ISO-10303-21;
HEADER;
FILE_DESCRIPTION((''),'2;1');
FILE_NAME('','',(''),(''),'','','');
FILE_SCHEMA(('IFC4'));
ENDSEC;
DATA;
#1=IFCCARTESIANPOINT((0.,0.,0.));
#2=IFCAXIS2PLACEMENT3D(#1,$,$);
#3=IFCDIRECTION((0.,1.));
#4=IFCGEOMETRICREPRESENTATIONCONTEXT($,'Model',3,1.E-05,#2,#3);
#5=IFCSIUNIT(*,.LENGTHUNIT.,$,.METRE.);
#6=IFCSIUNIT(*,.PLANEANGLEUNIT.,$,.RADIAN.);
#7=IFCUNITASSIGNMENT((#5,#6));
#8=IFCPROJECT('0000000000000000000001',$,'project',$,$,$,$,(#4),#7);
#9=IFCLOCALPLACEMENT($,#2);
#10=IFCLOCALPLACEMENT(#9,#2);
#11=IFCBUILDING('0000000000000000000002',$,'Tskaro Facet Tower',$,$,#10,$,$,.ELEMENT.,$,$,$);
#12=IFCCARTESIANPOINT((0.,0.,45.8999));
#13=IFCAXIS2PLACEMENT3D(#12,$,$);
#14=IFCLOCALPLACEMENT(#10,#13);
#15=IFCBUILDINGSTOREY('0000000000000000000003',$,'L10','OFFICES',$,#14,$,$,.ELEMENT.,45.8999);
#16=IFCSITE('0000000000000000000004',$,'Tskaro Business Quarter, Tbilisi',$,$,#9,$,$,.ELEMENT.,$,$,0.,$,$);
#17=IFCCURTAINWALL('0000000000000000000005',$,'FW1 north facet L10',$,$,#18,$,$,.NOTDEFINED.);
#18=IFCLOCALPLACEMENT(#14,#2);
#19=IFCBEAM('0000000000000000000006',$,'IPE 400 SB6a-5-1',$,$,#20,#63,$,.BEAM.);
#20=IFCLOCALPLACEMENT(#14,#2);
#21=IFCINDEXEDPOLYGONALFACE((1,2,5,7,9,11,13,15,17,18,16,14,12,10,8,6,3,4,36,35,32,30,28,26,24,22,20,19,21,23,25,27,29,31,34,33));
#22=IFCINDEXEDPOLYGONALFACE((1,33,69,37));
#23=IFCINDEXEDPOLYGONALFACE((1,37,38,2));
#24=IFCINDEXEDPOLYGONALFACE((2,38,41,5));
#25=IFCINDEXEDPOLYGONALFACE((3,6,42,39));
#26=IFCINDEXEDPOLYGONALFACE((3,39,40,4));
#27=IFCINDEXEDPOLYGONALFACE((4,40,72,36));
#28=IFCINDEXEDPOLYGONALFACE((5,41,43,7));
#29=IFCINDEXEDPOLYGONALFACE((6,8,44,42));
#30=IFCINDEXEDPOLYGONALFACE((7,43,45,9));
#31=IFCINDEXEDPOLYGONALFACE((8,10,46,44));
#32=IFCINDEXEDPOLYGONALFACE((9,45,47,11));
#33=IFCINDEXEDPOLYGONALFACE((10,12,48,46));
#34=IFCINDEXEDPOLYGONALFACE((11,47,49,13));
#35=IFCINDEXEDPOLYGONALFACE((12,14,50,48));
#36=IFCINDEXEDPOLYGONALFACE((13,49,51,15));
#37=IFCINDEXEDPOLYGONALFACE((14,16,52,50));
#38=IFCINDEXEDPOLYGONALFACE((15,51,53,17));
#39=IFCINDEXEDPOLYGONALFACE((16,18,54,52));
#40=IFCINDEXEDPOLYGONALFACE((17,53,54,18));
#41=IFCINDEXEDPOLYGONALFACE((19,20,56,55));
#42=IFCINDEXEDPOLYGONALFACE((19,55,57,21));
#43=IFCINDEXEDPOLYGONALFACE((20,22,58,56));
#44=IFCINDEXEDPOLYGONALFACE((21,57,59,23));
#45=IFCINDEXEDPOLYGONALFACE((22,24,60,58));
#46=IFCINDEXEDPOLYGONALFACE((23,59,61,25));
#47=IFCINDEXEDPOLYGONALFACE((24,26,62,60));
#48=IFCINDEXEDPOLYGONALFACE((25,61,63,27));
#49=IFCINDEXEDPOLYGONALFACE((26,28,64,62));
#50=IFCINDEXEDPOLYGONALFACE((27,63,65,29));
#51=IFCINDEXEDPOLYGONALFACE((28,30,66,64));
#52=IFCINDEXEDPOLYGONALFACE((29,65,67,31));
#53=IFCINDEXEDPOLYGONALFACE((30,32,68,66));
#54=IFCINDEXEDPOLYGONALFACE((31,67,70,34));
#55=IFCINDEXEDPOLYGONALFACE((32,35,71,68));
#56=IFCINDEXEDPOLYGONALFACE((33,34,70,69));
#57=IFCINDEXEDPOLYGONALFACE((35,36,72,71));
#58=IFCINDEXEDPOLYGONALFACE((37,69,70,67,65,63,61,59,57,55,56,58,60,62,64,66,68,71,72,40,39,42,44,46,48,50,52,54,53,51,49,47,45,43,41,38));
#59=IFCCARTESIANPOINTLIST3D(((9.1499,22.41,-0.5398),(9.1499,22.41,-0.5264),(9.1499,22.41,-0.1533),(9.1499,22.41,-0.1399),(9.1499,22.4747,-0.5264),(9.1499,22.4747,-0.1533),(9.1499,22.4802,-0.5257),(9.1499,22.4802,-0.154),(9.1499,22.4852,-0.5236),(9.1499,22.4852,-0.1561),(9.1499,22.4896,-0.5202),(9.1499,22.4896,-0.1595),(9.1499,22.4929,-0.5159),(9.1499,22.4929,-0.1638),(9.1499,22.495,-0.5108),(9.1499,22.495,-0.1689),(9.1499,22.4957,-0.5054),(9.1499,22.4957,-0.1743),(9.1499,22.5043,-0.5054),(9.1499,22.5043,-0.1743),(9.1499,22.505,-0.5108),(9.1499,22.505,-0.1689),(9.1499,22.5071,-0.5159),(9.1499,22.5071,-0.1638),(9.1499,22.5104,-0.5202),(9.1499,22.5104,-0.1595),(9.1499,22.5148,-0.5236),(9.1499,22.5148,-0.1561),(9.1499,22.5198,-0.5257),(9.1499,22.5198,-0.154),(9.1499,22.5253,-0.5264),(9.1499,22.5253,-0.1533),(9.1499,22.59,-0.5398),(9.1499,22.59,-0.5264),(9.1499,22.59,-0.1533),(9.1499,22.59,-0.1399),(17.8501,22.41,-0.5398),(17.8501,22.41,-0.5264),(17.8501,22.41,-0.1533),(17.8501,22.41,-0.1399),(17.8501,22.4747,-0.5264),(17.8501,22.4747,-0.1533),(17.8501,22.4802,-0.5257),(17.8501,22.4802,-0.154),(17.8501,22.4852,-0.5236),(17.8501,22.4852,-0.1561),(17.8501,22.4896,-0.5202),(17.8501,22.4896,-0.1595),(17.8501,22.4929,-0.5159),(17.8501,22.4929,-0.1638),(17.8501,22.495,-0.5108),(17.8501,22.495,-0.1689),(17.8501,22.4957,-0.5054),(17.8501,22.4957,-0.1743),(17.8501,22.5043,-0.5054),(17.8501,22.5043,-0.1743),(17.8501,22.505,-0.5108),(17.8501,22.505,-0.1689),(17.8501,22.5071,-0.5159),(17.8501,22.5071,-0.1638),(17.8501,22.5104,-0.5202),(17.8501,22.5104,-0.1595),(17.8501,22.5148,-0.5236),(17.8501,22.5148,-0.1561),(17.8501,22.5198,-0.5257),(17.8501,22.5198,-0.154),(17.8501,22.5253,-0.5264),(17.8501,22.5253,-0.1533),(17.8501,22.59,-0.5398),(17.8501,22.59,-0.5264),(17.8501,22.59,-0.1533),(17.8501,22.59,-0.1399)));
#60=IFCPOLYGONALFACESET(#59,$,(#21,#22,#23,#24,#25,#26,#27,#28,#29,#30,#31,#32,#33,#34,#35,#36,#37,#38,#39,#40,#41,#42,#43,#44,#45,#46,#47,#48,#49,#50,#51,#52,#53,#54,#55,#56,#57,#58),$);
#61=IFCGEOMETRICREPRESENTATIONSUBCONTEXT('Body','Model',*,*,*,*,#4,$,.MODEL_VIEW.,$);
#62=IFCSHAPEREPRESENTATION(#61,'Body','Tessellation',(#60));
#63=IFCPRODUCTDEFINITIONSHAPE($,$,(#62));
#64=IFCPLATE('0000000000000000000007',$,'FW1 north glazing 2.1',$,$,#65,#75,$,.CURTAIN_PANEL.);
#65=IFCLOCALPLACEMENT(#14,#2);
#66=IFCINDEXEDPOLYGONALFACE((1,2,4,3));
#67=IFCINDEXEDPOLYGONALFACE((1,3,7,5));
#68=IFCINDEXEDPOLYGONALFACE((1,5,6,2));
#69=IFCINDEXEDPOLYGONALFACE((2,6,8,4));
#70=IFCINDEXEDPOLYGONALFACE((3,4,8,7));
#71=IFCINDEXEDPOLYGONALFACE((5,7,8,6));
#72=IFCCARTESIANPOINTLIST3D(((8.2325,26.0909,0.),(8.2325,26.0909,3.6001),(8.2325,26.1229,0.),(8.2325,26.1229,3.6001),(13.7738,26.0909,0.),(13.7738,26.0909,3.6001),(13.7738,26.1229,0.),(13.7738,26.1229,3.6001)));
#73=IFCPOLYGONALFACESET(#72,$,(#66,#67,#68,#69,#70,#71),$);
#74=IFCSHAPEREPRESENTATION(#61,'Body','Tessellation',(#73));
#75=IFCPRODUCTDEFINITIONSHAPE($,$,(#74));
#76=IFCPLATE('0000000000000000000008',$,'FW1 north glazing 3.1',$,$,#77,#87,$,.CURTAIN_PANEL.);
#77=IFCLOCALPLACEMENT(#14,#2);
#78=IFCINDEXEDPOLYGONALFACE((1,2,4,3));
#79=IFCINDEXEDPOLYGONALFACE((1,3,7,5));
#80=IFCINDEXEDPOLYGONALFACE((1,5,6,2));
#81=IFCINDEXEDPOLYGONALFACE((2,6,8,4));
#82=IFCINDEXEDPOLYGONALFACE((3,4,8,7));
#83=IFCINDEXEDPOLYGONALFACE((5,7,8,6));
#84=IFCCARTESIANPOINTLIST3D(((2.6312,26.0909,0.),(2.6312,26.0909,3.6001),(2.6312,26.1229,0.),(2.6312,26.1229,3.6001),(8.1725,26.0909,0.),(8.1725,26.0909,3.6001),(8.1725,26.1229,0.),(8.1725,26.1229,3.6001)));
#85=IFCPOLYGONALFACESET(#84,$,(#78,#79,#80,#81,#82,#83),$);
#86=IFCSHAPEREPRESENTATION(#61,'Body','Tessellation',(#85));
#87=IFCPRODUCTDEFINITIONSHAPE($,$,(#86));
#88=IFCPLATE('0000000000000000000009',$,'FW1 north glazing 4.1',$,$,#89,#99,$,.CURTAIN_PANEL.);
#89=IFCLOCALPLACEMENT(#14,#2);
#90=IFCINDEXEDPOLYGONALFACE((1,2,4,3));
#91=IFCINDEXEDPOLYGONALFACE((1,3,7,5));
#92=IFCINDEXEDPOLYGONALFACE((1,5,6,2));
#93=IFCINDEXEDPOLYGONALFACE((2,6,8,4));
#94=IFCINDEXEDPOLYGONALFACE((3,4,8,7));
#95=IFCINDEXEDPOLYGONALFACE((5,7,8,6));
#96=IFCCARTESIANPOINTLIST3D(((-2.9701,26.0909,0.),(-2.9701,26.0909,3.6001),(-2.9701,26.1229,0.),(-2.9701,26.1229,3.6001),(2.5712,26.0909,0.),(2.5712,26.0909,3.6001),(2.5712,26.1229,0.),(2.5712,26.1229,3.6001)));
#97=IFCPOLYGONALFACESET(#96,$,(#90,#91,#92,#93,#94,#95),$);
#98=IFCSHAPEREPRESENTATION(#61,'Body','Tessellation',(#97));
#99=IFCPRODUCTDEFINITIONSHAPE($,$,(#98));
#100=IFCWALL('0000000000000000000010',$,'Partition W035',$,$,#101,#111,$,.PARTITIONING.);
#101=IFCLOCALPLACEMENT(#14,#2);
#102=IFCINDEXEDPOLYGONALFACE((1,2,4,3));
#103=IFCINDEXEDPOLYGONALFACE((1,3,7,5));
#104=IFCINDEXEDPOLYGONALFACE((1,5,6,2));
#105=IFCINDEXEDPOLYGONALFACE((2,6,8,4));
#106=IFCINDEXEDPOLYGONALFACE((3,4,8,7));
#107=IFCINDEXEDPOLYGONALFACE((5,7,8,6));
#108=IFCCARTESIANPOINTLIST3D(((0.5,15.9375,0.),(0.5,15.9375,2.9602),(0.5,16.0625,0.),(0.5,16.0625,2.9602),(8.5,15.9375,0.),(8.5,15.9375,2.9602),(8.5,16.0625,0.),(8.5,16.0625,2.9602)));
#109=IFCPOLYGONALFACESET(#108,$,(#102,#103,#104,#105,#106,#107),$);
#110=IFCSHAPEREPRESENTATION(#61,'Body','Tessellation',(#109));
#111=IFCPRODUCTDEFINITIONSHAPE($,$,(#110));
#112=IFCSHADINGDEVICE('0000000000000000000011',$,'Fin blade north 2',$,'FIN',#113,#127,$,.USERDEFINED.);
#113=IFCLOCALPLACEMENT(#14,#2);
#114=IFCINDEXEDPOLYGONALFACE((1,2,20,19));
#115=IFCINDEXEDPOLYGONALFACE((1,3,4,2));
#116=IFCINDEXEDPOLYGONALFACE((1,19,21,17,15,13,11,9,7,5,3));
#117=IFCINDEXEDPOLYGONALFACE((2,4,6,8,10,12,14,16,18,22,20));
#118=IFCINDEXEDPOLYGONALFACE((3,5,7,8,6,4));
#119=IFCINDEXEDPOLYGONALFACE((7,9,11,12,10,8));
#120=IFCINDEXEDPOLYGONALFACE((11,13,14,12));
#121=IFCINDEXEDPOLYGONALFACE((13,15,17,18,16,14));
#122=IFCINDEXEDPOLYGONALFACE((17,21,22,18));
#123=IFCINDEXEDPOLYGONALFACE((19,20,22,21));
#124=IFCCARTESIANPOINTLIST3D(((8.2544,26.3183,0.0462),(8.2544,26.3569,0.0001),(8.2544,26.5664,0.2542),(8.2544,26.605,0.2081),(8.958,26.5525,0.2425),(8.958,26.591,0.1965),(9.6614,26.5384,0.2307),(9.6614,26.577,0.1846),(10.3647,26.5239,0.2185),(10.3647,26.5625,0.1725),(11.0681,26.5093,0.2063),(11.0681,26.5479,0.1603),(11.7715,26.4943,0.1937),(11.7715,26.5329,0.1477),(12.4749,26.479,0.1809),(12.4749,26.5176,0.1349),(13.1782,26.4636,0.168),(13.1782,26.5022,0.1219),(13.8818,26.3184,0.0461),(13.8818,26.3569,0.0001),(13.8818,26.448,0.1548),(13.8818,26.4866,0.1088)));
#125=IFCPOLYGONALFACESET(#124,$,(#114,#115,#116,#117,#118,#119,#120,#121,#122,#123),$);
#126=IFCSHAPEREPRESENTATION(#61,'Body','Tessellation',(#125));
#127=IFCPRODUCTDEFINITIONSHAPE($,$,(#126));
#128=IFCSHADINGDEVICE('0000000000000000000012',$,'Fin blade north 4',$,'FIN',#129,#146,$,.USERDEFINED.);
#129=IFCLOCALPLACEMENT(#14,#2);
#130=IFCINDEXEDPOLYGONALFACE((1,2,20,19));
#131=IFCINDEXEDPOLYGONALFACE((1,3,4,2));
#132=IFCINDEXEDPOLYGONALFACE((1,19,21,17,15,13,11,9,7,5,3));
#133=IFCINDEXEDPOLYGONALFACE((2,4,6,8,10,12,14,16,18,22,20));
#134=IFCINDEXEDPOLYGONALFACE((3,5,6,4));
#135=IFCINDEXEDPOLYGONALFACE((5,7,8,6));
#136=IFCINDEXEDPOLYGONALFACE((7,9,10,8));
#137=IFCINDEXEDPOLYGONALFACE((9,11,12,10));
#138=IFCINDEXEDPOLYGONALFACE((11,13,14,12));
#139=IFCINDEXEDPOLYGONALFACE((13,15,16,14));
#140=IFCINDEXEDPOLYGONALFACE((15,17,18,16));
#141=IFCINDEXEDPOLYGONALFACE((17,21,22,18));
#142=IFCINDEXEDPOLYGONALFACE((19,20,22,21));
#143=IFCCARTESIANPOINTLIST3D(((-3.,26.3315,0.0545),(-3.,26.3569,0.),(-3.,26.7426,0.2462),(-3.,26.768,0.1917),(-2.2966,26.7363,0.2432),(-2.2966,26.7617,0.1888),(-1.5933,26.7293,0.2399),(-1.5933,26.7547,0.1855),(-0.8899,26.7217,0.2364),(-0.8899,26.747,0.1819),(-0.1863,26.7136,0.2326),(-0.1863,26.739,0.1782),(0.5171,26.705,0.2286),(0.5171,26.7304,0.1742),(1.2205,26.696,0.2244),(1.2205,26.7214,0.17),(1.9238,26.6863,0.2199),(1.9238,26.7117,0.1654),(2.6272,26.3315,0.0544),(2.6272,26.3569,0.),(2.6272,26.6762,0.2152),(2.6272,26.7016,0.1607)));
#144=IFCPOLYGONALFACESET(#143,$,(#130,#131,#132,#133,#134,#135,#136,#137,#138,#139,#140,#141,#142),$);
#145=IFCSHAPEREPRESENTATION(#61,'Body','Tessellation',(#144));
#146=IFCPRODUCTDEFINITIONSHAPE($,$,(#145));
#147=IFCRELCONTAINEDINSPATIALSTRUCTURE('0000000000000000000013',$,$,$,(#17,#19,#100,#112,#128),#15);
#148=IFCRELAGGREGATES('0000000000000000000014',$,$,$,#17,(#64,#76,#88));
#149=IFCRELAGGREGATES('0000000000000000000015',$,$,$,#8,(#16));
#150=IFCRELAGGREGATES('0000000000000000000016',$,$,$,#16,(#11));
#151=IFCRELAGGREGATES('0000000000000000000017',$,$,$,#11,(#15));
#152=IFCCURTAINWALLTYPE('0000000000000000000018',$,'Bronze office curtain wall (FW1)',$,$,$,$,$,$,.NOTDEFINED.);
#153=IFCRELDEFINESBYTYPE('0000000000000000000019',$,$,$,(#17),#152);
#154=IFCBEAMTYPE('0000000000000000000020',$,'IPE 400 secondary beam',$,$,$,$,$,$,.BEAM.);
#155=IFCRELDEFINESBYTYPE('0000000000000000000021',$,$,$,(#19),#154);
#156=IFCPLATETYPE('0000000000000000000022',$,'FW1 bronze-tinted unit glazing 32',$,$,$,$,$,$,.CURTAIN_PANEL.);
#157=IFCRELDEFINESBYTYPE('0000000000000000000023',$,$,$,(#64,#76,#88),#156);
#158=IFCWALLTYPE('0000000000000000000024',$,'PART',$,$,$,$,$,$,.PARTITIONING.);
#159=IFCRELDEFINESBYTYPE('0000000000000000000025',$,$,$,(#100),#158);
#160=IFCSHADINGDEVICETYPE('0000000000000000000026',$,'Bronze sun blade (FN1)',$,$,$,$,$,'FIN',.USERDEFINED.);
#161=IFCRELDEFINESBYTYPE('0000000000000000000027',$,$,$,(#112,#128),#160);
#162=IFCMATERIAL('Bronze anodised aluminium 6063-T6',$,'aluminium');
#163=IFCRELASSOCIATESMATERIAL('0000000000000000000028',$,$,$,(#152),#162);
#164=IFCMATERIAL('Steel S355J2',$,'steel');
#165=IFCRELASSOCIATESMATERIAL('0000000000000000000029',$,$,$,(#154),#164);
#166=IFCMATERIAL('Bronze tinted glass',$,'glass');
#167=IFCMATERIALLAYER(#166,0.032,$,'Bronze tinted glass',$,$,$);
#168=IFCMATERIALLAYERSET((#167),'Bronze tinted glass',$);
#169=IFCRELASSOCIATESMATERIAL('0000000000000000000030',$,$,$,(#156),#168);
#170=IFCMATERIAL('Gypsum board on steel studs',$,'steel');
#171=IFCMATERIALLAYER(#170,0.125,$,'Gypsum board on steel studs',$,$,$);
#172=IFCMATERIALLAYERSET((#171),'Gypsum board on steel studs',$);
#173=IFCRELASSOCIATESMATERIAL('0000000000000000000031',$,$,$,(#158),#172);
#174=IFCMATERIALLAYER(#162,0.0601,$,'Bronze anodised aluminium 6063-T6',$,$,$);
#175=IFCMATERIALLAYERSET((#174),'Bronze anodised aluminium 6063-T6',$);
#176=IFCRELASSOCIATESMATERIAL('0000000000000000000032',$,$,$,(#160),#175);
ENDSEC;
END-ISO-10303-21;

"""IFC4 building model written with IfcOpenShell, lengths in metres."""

from ifc_helpers import new_model, si_unit, direction, frame, frame_2d, origin, origin_2d, place, context, subcontext, project, spatial, polyline, rectangle, i_section, outline, extrude, material, layer, layer_set, material_profile, profile_set, type_object, element, aggregate, save


model = new_model("IFC4")

# Units and contexts
model_context = context("Model", 3, precision=1e-05, world=origin(), true_north=direction((0.0, 1.0)))
body_context = subcontext(model_context, "Body", "Model", "MODEL_VIEW")
ifc_project = project(units=[si_unit("LENGTHUNIT", "METRE"), si_unit("PLANEANGLEUNIT", "RADIAN")], contexts=[model_context])

# Site, building, storey
site_placement = place(None, origin())
site = spatial("IfcSite", under=ifc_project, at=site_placement, Name="Tskaro Business Quarter, Tbilisi", CompositionType="ELEMENT", RefElevation=0.0)
building_placement = place(site_placement, origin())
building = spatial("IfcBuilding", under=site, at=building_placement, Name="Tskaro Facet Tower", CompositionType="ELEMENT")
storey_placement = place(building_placement, frame((0.0, 0.0, 45.8999)))
storey = spatial("IfcBuildingStorey", under=building, at=storey_placement, Name="L10", Description="OFFICES", CompositionType="ELEMENT", Elevation=45.8999)

# Curtain wall
ifc_material_1 = material(Name="Bronze anodised aluminium 6063-T6", Category="aluminium")
curtain_wall_type = type_object("IfcCurtainWallType", Name="Bronze office curtain wall (FW1)", PredefinedType="NOTDEFINED", material=ifc_material_1)
curtain_wall_placement = place(storey_placement, origin())
curtain_wall = element("IfcCurtainWall", 1, at=curtain_wall_placement, inside=storey, type_object=curtain_wall_type, Name="FW1 north facet L10", PredefinedType="NOTDEFINED")

# Beam
ifc_material_2 = material(Name="Steel S355J2", Category="steel")
ifc_material_profile_1 = material_profile(ifc_material_2, i_section(OverallWidth=0.1799, OverallDepth=0.3999, WebThickness=0.0085, FlangeThickness=0.0134, FilletRadius=0.021, at=origin_2d()), Name="IPE 400")
ifc_profile_set_1 = profile_set([ifc_material_profile_1], Name="Steel S355J2")
beam_type_1 = type_object("IfcBeamType", Name="IPE 400 secondary beam", PredefinedType="BEAM", material=ifc_profile_set_1)
for number, where, z_axis, x_axis, name in (
    (2, (9.1499, 22.5, -0.3398), (1.0, 0.0, 0.0), (0.0, 1.0, 0.0), "IPE 400 SB6a-5-1"),
):
    element("IfcBeam", number, at=place(storey_placement, frame(where, z_axis=z_axis, x_axis=x_axis)), inside=storey, type_object=beam_type_1, Name=name, PredefinedType="BEAM", context=body_context, shape_type="SweptSolid", body=[
        extrude(i_section(OverallWidth=0.1799, OverallDepth=0.3999, WebThickness=0.0085, FlangeThickness=0.0134, FilletRadius=0.021, at=origin_2d()), origin(), (0.0, 0.0, 1.0), 8.7002),
    ])

# Plates
ifc_material_3 = material(Name="Bronze tinted glass", Category="glass")
ifc_layer_1 = layer(ifc_material_3, 0.032, Name="Bronze tinted glass")
ifc_layer_set_1 = layer_set([ifc_layer_1], Name="Bronze tinted glass")
plate_type = type_object("IfcPlateType", Name="FW1 bronze-tinted unit glazing 32", PredefinedType="CURTAIN_PANEL", material=ifc_layer_set_1)
plate_1_placement = place(storey_placement, frame((11.0032, 26.1069, 0.0), z_axis=(0.0, 0.0, 1.0), x_axis=(-1.0, 0.0, 0.0)))
plate_1 = element("IfcPlate", 3, at=plate_1_placement, type_object=plate_type, Name="FW1 north glazing 2.1", PredefinedType="CURTAIN_PANEL", context=body_context, shape_type="SweptSolid", body=[
    extrude(rectangle(XDim=5.5413, YDim=0.032, at=origin_2d()), origin(), (0.0, 0.0, 1.0), 3.6001),
])
plate_2_placement = place(storey_placement, frame((5.4019, 26.1069, 0.0), z_axis=(0.0, 0.0, 1.0), x_axis=(-1.0, 0.0, 0.0)))
plate_2 = element("IfcPlate", 4, at=plate_2_placement, type_object=plate_type, Name="FW1 north glazing 3.1", PredefinedType="CURTAIN_PANEL", context=body_context, shape_type="SweptSolid", body=[
    extrude(rectangle(XDim=5.5413, YDim=0.032, at=origin_2d()), origin(), (0.0, 0.0, 1.0), 3.6001),
])
plate_3_placement = place(storey_placement, frame((-0.1995, 26.1069, 0.0), z_axis=(0.0, 0.0, 1.0), x_axis=(-1.0, 0.0, 0.0)))
plate_3 = element("IfcPlate", 5, at=plate_3_placement, type_object=plate_type, Name="FW1 north glazing 4.1", PredefinedType="CURTAIN_PANEL", context=body_context, shape_type="SweptSolid", body=[
    extrude(rectangle(XDim=5.5413, YDim=0.032, at=origin_2d()), origin(), (0.0, 0.0, 1.0), 3.6001),
])
aggregate(curtain_wall, [plate_1, plate_2, plate_3])

# Wall
ifc_material_4 = material(Name="Gypsum board on steel studs", Category="steel")
ifc_layer_2 = layer(ifc_material_4, 0.125, Name="Gypsum board on steel studs")
ifc_layer_set_2 = layer_set([ifc_layer_2], Name="Gypsum board on steel studs")
wall_type = type_object("IfcWallType", Name="PART", PredefinedType="PARTITIONING", material=ifc_layer_set_2)
wall_placement = place(storey_placement, frame((0.5, 16.0, 0.0), z_axis=(0.0, 0.0, 1.0), x_axis=(1.0, 0.0, 0.0)))
element("IfcWall", 6, at=wall_placement, inside=storey, type_object=wall_type, Name="Partition W035", PredefinedType="PARTITIONING", context=body_context, shape_type="SweptSolid", body=[
    extrude(rectangle(XDim=8.0, YDim=0.125, at=frame_2d((4.0, 0.0))), origin(), (0.0, 0.0, 1.0), 2.9602),
])

# Shading devices
ifc_layer_3 = layer(ifc_material_1, 0.0601, Name="Bronze anodised aluminium 6063-T6")
ifc_layer_set_3 = layer_set([ifc_layer_3], Name="Bronze anodised aluminium 6063-T6")
shading_device_type = type_object("IfcShadingDeviceType", Name="Bronze sun blade (FN1)", ElementType="FIN", PredefinedType="USERDEFINED", material=ifc_layer_set_3)
shading_device_1_placement = place(storey_placement, frame((13.8818, 26.3184, 0.0461), z_axis=(0.000004, -0.642546, 0.766247), x_axis=(-1.0, -0.000002, 0.000003)))
element("IfcShadingDevice", 7, at=shading_device_1_placement, inside=storey, type_object=shading_device_type, Name="Fin blade north 2", ObjectType="FIN", PredefinedType="USERDEFINED", context=body_context, shape_type="SweptSolid", body=[
    extrude(outline(polyline([(0.0, 0.0), (5.6274, 0.0), (5.6274, -0.3237), (4.9238, -0.3055), (4.2205, -0.2871), (3.5171, -0.2683), (2.8137, -0.2492), (2.1104, -0.2296), (1.407, -0.2097), (0.7036, -0.1896), (0.0, -0.1691), (0.0, 0.0)])), origin(), (0.0, 0.0, -1.0), 0.0601),
])
shading_device_2_placement = place(storey_placement, frame((2.6272, 26.3315, 0.0544), z_axis=(0.000002, -0.422605, 0.906314), x_axis=(-1.0, -0.000001, 0.000002)))
element("IfcShadingDevice", 8, at=shading_device_2_placement, inside=storey, type_object=shading_device_type, Name="Fin blade north 4", ObjectType="FIN", PredefinedType="USERDEFINED", context=body_context, shape_type="SweptSolid", body=[
    extrude(outline(polyline([(0.0, 0.0), (5.6272, 0.0), (5.6272, -0.4536), (4.9238, -0.4466), (4.2205, -0.4389), (3.5171, -0.4305), (2.8135, -0.4216), (2.1101, -0.4121), (1.4067, -0.4022), (0.7034, -0.3915), (0.0, -0.3803), (0.0, 0.0)])), origin(), (0.0, 0.0, -1.0), 0.0601),
])

save(model, "model.ifc")
